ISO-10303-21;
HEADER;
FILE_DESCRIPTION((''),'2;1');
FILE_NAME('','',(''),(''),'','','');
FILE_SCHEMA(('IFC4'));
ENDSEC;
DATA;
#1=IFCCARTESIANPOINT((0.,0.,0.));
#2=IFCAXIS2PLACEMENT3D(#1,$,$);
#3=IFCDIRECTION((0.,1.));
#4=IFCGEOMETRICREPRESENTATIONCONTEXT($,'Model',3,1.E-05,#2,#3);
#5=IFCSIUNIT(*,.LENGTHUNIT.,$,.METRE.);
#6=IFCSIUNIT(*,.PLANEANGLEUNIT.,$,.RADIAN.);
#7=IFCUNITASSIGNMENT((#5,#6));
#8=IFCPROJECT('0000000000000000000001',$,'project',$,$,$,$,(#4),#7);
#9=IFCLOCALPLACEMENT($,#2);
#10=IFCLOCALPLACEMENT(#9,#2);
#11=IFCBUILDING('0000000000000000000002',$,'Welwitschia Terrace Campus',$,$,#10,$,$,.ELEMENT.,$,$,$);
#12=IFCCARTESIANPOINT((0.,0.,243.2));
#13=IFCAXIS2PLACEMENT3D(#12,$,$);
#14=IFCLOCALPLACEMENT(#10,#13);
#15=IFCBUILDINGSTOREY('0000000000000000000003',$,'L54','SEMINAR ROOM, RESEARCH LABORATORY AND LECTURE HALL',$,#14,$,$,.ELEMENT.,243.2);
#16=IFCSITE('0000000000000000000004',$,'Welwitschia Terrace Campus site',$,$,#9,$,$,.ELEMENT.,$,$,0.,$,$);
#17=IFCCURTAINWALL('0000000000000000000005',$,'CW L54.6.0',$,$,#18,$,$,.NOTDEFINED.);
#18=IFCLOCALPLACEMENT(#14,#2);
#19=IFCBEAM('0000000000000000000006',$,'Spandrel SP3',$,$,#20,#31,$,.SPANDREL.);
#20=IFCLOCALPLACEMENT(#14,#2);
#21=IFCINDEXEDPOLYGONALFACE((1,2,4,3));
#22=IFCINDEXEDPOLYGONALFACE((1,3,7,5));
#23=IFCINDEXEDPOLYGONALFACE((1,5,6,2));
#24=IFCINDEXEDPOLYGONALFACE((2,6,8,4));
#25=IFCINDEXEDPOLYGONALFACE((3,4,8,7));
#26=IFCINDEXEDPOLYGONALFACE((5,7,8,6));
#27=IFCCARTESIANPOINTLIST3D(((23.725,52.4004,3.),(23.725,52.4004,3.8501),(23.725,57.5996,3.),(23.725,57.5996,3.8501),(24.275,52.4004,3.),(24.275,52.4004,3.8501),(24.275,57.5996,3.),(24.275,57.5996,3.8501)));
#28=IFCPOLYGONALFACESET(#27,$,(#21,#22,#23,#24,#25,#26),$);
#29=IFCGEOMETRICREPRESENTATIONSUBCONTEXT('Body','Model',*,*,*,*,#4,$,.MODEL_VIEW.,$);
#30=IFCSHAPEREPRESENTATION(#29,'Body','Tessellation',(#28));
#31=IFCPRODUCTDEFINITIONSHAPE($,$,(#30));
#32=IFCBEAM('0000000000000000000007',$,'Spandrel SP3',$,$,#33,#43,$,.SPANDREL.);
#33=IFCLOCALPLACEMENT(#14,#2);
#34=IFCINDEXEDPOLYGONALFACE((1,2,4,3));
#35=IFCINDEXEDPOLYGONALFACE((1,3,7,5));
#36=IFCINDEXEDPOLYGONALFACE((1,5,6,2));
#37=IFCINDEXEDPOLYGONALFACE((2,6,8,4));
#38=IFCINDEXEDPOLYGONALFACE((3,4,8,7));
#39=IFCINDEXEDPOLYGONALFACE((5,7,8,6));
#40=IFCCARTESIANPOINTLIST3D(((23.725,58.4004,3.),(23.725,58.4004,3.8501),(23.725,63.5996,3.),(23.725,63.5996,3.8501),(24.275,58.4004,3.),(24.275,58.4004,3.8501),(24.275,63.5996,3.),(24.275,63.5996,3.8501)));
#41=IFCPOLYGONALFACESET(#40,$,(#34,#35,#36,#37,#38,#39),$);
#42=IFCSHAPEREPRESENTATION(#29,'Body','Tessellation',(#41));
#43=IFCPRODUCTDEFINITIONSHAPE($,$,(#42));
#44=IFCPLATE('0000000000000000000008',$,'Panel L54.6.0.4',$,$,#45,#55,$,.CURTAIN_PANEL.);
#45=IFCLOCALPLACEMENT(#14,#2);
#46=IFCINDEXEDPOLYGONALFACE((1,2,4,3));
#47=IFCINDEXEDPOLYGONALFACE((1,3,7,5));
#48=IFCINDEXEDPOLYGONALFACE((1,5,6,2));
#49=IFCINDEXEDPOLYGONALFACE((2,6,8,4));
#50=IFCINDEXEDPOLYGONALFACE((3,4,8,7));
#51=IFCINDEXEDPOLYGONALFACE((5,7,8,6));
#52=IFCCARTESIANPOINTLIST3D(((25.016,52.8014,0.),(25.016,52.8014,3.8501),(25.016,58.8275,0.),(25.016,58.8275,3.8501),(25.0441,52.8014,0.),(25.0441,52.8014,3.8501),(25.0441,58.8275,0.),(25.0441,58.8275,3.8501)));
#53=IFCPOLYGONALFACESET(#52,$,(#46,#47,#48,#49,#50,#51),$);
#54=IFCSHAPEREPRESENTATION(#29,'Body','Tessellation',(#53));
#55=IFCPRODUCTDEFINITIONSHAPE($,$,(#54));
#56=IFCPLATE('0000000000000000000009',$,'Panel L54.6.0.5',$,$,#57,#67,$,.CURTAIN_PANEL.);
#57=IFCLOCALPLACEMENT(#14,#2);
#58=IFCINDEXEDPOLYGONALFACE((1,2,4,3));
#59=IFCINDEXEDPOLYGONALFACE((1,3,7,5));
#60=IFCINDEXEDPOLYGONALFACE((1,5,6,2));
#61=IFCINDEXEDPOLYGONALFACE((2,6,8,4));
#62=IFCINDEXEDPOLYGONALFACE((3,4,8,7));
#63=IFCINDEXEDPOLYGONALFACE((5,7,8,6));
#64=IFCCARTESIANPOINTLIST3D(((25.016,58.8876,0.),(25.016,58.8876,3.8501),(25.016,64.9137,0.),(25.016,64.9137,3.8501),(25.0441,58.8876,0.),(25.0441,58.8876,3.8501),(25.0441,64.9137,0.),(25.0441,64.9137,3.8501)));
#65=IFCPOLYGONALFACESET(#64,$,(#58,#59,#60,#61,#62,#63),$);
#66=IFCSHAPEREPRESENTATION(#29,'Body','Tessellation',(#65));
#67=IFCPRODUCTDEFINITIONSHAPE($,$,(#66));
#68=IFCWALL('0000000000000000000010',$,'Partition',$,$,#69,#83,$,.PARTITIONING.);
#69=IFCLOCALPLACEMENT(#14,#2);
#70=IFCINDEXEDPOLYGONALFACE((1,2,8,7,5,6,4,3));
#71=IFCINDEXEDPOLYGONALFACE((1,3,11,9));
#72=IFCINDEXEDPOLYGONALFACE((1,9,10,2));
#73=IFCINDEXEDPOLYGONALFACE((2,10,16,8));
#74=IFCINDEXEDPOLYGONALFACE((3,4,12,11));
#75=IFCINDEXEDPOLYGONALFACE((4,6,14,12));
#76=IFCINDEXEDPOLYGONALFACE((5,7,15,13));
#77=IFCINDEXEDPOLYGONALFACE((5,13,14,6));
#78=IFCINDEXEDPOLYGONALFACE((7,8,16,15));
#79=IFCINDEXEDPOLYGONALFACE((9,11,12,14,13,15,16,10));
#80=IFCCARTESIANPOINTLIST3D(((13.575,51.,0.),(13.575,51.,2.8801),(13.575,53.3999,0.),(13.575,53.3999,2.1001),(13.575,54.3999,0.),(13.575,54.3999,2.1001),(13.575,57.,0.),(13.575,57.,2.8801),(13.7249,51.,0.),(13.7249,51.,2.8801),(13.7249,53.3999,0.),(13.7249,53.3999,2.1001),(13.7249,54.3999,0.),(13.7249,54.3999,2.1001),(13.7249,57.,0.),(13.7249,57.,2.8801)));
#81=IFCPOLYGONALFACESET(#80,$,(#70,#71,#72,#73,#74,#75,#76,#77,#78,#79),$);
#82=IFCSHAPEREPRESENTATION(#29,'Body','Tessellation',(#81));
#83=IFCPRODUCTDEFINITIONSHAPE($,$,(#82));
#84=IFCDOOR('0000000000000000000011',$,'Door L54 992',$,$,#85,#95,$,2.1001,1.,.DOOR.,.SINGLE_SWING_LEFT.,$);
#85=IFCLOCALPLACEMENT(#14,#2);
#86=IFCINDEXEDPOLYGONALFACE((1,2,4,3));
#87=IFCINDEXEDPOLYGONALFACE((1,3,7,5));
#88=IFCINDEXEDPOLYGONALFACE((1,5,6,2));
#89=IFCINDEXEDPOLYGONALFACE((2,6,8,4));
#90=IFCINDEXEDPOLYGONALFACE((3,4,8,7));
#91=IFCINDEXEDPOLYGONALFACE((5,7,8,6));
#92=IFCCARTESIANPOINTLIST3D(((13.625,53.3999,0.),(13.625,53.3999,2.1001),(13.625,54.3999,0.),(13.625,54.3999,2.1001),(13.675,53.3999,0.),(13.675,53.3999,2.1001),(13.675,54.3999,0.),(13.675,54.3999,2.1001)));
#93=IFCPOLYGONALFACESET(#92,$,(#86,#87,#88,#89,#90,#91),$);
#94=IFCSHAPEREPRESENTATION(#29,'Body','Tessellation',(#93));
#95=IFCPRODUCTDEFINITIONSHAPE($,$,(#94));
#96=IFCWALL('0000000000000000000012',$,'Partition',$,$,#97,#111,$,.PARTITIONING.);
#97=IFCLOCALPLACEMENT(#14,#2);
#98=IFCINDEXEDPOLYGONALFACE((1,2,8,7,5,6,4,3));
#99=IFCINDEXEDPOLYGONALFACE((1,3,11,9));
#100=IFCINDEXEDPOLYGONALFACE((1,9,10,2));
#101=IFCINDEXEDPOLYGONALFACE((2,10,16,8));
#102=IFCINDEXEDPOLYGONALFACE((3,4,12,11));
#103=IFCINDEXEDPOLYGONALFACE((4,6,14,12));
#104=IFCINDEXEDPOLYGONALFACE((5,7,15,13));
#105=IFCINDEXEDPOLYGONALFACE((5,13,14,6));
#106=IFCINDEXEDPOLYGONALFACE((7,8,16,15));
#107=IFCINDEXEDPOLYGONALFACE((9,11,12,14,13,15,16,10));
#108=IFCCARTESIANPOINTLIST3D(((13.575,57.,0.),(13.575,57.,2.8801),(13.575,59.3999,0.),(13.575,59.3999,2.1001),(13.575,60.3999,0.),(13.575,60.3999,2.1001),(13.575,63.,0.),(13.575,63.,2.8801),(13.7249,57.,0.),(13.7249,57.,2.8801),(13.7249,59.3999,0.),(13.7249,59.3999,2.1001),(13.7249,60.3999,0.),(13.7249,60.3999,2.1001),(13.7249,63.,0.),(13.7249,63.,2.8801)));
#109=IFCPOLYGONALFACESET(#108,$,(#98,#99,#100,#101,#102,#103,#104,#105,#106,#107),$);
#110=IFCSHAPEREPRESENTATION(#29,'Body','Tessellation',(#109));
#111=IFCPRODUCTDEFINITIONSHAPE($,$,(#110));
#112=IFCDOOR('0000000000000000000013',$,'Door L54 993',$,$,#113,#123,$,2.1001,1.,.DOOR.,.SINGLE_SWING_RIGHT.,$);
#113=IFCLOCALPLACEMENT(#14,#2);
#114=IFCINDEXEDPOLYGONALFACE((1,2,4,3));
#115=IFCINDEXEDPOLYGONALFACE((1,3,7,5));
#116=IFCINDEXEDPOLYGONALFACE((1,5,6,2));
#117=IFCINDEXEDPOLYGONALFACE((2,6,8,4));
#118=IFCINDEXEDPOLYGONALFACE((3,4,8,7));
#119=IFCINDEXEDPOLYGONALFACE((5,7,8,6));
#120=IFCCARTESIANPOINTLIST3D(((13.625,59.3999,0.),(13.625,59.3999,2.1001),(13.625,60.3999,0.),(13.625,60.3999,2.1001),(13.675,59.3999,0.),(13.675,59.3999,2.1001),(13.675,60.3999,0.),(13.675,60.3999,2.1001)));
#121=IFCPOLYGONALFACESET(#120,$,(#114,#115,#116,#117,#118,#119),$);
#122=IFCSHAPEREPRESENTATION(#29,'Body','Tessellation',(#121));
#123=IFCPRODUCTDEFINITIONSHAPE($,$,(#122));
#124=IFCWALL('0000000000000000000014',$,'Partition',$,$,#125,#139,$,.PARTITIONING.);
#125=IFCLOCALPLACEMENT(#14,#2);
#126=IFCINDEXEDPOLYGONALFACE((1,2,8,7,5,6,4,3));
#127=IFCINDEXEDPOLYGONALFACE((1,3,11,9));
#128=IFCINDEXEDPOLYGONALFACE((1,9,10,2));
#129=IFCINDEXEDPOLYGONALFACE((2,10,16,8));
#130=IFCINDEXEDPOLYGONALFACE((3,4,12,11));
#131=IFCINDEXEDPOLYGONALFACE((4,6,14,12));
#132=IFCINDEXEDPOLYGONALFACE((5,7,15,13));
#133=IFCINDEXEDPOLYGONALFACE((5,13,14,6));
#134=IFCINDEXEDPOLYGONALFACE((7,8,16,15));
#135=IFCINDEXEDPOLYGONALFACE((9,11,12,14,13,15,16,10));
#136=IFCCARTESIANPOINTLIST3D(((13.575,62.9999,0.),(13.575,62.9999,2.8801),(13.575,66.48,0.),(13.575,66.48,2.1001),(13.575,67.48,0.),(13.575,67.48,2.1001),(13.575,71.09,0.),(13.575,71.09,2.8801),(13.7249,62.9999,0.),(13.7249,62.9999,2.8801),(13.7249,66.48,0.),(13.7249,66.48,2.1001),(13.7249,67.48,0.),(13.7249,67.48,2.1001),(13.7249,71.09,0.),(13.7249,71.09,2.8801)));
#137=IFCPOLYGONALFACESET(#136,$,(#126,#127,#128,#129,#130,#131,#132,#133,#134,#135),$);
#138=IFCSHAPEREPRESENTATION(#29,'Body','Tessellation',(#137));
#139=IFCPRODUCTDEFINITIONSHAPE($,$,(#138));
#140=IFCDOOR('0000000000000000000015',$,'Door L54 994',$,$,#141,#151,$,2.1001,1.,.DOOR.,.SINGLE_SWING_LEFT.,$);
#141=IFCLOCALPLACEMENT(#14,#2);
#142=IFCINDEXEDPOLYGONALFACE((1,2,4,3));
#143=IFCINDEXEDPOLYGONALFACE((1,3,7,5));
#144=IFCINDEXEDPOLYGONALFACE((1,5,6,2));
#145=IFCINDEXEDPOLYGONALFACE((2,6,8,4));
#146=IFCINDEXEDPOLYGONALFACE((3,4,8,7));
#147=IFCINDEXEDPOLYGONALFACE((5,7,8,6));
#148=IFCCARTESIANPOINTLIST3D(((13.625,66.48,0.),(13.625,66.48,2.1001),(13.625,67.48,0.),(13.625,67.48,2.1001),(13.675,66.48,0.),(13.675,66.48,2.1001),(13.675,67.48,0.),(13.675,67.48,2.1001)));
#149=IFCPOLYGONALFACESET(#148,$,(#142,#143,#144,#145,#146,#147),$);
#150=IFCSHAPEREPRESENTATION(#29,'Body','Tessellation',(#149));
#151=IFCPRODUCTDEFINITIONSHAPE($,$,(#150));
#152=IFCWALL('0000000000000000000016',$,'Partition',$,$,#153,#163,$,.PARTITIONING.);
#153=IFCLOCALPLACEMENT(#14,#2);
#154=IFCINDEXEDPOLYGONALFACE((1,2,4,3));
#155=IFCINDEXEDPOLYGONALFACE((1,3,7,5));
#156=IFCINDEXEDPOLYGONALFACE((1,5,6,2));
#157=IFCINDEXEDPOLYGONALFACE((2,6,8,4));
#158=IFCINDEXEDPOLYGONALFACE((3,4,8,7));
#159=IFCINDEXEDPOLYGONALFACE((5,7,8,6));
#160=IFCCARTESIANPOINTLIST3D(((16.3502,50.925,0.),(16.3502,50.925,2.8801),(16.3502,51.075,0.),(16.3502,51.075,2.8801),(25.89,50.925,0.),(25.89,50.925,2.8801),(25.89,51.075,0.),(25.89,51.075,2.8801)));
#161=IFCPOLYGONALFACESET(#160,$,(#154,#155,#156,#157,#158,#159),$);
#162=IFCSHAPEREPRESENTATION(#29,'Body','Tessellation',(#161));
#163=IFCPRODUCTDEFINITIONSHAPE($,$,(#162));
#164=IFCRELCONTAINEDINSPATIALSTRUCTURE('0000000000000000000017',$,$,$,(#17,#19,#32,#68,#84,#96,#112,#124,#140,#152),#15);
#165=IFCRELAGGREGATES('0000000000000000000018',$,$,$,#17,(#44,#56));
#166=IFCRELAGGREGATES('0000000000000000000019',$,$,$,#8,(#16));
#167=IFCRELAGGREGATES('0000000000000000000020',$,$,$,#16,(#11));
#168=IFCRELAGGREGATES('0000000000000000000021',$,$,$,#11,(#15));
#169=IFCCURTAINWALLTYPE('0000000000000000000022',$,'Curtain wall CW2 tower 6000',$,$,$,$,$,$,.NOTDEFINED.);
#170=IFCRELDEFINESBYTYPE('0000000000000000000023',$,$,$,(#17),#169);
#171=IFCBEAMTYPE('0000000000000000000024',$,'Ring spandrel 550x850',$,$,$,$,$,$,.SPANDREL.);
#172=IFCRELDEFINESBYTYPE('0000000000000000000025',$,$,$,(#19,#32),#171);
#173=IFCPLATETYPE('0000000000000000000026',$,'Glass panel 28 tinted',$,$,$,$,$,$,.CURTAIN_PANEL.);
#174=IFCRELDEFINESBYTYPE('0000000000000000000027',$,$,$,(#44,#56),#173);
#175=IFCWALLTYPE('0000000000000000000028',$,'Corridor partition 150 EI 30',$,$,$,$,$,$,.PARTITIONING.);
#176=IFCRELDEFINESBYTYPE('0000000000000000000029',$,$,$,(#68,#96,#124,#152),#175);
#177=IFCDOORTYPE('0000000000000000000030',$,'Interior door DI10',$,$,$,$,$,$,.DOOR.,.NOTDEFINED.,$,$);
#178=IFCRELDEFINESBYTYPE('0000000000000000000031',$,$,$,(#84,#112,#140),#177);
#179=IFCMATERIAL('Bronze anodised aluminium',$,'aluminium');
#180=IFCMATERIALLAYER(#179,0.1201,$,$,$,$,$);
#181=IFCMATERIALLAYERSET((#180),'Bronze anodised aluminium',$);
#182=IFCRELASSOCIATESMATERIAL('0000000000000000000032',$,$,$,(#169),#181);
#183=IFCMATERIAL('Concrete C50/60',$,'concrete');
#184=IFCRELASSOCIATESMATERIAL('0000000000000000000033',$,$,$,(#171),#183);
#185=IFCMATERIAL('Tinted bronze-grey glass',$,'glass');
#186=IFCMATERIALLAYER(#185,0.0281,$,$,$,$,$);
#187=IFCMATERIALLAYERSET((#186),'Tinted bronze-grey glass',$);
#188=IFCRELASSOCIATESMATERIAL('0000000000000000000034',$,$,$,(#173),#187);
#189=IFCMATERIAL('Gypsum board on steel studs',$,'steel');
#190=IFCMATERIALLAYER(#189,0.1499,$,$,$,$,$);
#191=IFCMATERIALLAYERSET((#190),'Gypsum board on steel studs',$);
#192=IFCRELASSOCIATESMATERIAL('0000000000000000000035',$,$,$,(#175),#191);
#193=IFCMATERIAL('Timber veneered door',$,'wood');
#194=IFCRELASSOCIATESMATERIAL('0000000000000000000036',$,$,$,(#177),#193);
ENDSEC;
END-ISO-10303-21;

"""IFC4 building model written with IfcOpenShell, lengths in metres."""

from ifc_helpers import new_model, si_unit, direction, frame, frame_2d, origin, origin_2d, place, context, subcontext, project, spatial, rectangle, extrude, material, layer, layer_set, material_profile, profile_set, type_object, element, fill, aggregate, save


model = new_model("IFC4")

# Units and contexts
model_context = context("Model", 3, precision=1e-05, world=origin(), true_north=direction((0.0, 1.0)))
body_context = subcontext(model_context, "Body", "Model", "MODEL_VIEW")
ifc_project = project(units=[si_unit("LENGTHUNIT", "METRE"), si_unit("PLANEANGLEUNIT", "RADIAN")], contexts=[model_context])

# Site, building, storey
site_placement = place(None, origin())
site = spatial("IfcSite", under=ifc_project, at=site_placement, Name="Welwitschia Terrace Campus site", CompositionType="ELEMENT", RefElevation=0.0)
building_placement = place(site_placement, origin())
building = spatial("IfcBuilding", under=site, at=building_placement, Name="Welwitschia Terrace Campus", CompositionType="ELEMENT")
storey_placement = place(building_placement, frame((0.0, 0.0, 243.2)))
storey = spatial("IfcBuildingStorey", under=building, at=storey_placement, Name="L54", Description="SEMINAR ROOM, RESEARCH LABORATORY AND LECTURE HALL", CompositionType="ELEMENT", Elevation=243.2)

# Curtain wall
ifc_material_1 = material(Name="Bronze anodised aluminium", Category="aluminium")
ifc_layer_1 = layer(ifc_material_1, 0.1201)
ifc_layer_set_1 = layer_set([ifc_layer_1], Name="Bronze anodised aluminium")
curtain_wall_type = type_object("IfcCurtainWallType", Name="Curtain wall CW2 tower 6000", PredefinedType="NOTDEFINED", material=ifc_layer_set_1)
curtain_wall_placement = place(storey_placement, origin())
curtain_wall = element("IfcCurtainWall", 1, at=curtain_wall_placement, inside=storey, type_object=curtain_wall_type, Name="CW L54.6.0", PredefinedType="NOTDEFINED")

# Beams
ifc_material_2 = material(Name="Concrete C50/60", Category="concrete")
ifc_material_profile_1 = material_profile(ifc_material_2, rectangle(XDim=0.55, YDim=0.8501, at=origin_2d()))
ifc_profile_set_1 = profile_set([ifc_material_profile_1], Name="Concrete C50/60")
beam_type_1 = type_object("IfcBeamType", Name="Ring spandrel 550x850", PredefinedType="SPANDREL", material=ifc_profile_set_1)
for number, where, z_axis, x_axis, name in (
    (2, (24.0, 52.4004, 3.425), (0.0, 1.0, 0.0), (-1.0, 0.0, 0.0), "Spandrel SP3"),
    (3, (24.0, 58.4004, 3.425), (0.0, 1.0, 0.0), (-1.0, 0.0, 0.0), "Spandrel SP3"),
):
    element("IfcBeam", number, at=place(storey_placement, frame(where, z_axis=z_axis, x_axis=x_axis)), inside=storey, type_object=beam_type_1, Name=name, PredefinedType="SPANDREL", context=body_context, shape_type="SweptSolid", body=[
        extrude(rectangle(XDim=0.55, YDim=0.8501, at=origin_2d()), origin(), (0.0, 0.0, 1.0), 5.1992),
    ])

# Plates
ifc_material_3 = material(Name="Tinted bronze-grey glass", Category="glass")
ifc_layer_2 = layer(ifc_material_3, 0.0281)
ifc_layer_set_2 = layer_set([ifc_layer_2], Name="Tinted bronze-grey glass")
plate_type = type_object("IfcPlateType", Name="Glass panel 28 tinted", PredefinedType="CURTAIN_PANEL", material=ifc_layer_set_2)
plate_1_placement = place(storey_placement, frame((25.03, 55.8145, 0.0), z_axis=(0.0, 0.0, 1.0), x_axis=(0.0, 1.0, 0.0)))
plate_1 = element("IfcPlate", 4, at=plate_1_placement, type_object=plate_type, Name="Panel L54.6.0.4", PredefinedType="CURTAIN_PANEL", context=body_context, shape_type="SweptSolid", body=[
    extrude(rectangle(XDim=6.0261, YDim=0.0281, at=origin_2d()), origin(), (0.0, 0.0, 1.0), 3.8501),
])
plate_2_placement = place(storey_placement, frame((25.03, 61.9006, 0.0), z_axis=(0.0, 0.0, 1.0), x_axis=(0.0, 1.0, 0.0)))
plate_2 = element("IfcPlate", 5, at=plate_2_placement, type_object=plate_type, Name="Panel L54.6.0.5", PredefinedType="CURTAIN_PANEL", context=body_context, shape_type="SweptSolid", body=[
    extrude(rectangle(XDim=6.0261, YDim=0.0281, at=origin_2d()), origin(), (0.0, 0.0, 1.0), 3.8501),
])
aggregate(curtain_wall, [plate_1, plate_2])

# Walls, openings, doors
ifc_material_4 = material(Name="Gypsum board on steel studs", Category="steel")
ifc_layer_3 = layer(ifc_material_4, 0.1499)
ifc_layer_set_3 = layer_set([ifc_layer_3], Name="Gypsum board on steel studs")
wall_type = type_object("IfcWallType", Name="Corridor partition 150 EI 30", PredefinedType="PARTITIONING", material=ifc_layer_set_3)
wall_1_placement = place(storey_placement, frame((13.6499, 51.0, 0.0), z_axis=(0.0, 0.0, 1.0), x_axis=(0.0, 1.0, 0.0)))
wall_1 = element("IfcWall", 6, at=wall_1_placement, inside=storey, type_object=wall_type, Name="Partition", PredefinedType="PARTITIONING", context=body_context, shape_type="SweptSolid", body=[
    extrude(rectangle(XDim=6.0, YDim=0.1499, at=frame_2d((3.0, 0.0))), origin(), (0.0, 0.0, 1.0), 2.8801),
])
opening_1_placement = place(wall_1_placement, frame((2.3999, 0.0, 0.0)))
opening_1 = element("IfcOpeningElement", 7, at=opening_1_placement, cuts=wall_1, PredefinedType="OPENING", context=body_context, shape_type="SweptSolid", body=[
    extrude(rectangle(XDim=1.0, YDim=2.1001, at=frame_2d((0.5, 1.05))), frame((0.0, 0.085, 0.0), z_axis=(0.0, -1.0, 0.0), x_axis=(1.0, 0.0, 0.0)), (0.0, 0.0, 1.0), 0.1699),
])
ifc_material_5 = material(Name="Timber veneered door", Category="wood")
door_type = type_object("IfcDoorType", Name="Interior door DI10", OperationType="NOTDEFINED", PredefinedType="DOOR", material=ifc_material_5)
door_1_placement = place(opening_1_placement, origin())
door_1 = element("IfcDoor", 8, at=door_1_placement, inside=storey, type_object=door_type, Name="Door L54 992", OperationType="SINGLE_SWING_LEFT", OverallHeight=2.1001, OverallWidth=1.0, PredefinedType="DOOR", context=body_context, shape_type="SweptSolid", body=[
    extrude(rectangle(XDim=1.0, YDim=2.1001, at=frame_2d((0.5, 1.05))), frame((0.0, 0.0249, 0.0), z_axis=(0.0, -1.0, 0.0), x_axis=(1.0, 0.0, 0.0)), (0.0, 0.0, 1.0), 0.05),
])
fill(opening_1, door_1)
wall_2_placement = place(storey_placement, frame((13.6499, 57.0, 0.0), z_axis=(0.0, 0.0, 1.0), x_axis=(0.0, 1.0, 0.0)))
wall_2 = element("IfcWall", 9, at=wall_2_placement, inside=storey, type_object=wall_type, Name="Partition", PredefinedType="PARTITIONING", context=body_context, shape_type="SweptSolid", body=[
    extrude(rectangle(XDim=6.0, YDim=0.1499, at=frame_2d((3.0, 0.0))), origin(), (0.0, 0.0, 1.0), 2.8801),
])
opening_2_placement = place(wall_2_placement, frame((2.3999, 0.0, 0.0)))
opening_2 = element("IfcOpeningElement", 10, at=opening_2_placement, cuts=wall_2, PredefinedType="OPENING", context=body_context, shape_type="SweptSolid", body=[
    extrude(rectangle(XDim=1.0, YDim=2.1001, at=frame_2d((0.5, 1.05))), frame((0.0, 0.085, 0.0), z_axis=(0.0, -1.0, 0.0), x_axis=(1.0, 0.0, 0.0)), (0.0, 0.0, 1.0), 0.1699),
])
door_2_placement = place(opening_2_placement, origin())
door_2 = element("IfcDoor", 11, at=door_2_placement, inside=storey, type_object=door_type, Name="Door L54 993", OperationType="SINGLE_SWING_RIGHT", OverallHeight=2.1001, OverallWidth=1.0, PredefinedType="DOOR", context=body_context, shape_type="SweptSolid", body=[
    extrude(rectangle(XDim=1.0, YDim=2.1001, at=frame_2d((0.5, 1.05))), frame((0.0, 0.0249, 0.0), z_axis=(0.0, -1.0, 0.0), x_axis=(1.0, 0.0, 0.0)), (0.0, 0.0, 1.0), 0.05),
])
fill(opening_2, door_2)
wall_3_placement = place(storey_placement, frame((13.6499, 63.0, 0.0), z_axis=(0.0, 0.0, 1.0), x_axis=(0.0, 1.0, 0.0)))
wall_3 = element("IfcWall", 12, at=wall_3_placement, inside=storey, type_object=wall_type, Name="Partition", PredefinedType="PARTITIONING", context=body_context, shape_type="SweptSolid", body=[
    extrude(rectangle(XDim=8.0901, YDim=0.1499, at=frame_2d((4.0449, 0.0))), origin(), (0.0, 0.0, 1.0), 2.8801),
])
opening_3_placement = place(wall_3_placement, frame((3.48, 0.0, 0.0)))
opening_3 = element("IfcOpeningElement", 13, at=opening_3_placement, cuts=wall_3, PredefinedType="OPENING", context=body_context, shape_type="SweptSolid", body=[
    extrude(rectangle(XDim=1.0, YDim=2.1001, at=frame_2d((0.5, 1.05))), frame((0.0, 0.085, 0.0), z_axis=(0.0, -1.0, 0.0), x_axis=(1.0, 0.0, 0.0)), (0.0, 0.0, 1.0), 0.1699),
])
door_3_placement = place(opening_3_placement, origin())
door_3 = element("IfcDoor", 14, at=door_3_placement, inside=storey, type_object=door_type, Name="Door L54 994", OperationType="SINGLE_SWING_LEFT", OverallHeight=2.1001, OverallWidth=1.0, PredefinedType="DOOR", context=body_context, shape_type="SweptSolid", body=[
    extrude(rectangle(XDim=1.0, YDim=2.1001, at=frame_2d((0.5, 1.05))), frame((0.0, 0.0249, 0.0), z_axis=(0.0, -1.0, 0.0), x_axis=(1.0, 0.0, 0.0)), (0.0, 0.0, 1.0), 0.05),
])
fill(opening_3, door_3)

# Wall
wall_4_placement = place(storey_placement, frame((16.3501, 51.0, 0.0), z_axis=(0.0, 0.0, 1.0), x_axis=(1.0, 0.0, 0.0)))
element("IfcWall", 15, at=wall_4_placement, inside=storey, type_object=wall_type, Name="Partition", PredefinedType="PARTITIONING", context=body_context, shape_type="SweptSolid", body=[
    extrude(rectangle(XDim=9.5398, YDim=0.1499, at=frame_2d((4.77, 0.0))), origin(), (0.0, 0.0, 1.0), 2.8801),
])

save(model, "model.ifc")
